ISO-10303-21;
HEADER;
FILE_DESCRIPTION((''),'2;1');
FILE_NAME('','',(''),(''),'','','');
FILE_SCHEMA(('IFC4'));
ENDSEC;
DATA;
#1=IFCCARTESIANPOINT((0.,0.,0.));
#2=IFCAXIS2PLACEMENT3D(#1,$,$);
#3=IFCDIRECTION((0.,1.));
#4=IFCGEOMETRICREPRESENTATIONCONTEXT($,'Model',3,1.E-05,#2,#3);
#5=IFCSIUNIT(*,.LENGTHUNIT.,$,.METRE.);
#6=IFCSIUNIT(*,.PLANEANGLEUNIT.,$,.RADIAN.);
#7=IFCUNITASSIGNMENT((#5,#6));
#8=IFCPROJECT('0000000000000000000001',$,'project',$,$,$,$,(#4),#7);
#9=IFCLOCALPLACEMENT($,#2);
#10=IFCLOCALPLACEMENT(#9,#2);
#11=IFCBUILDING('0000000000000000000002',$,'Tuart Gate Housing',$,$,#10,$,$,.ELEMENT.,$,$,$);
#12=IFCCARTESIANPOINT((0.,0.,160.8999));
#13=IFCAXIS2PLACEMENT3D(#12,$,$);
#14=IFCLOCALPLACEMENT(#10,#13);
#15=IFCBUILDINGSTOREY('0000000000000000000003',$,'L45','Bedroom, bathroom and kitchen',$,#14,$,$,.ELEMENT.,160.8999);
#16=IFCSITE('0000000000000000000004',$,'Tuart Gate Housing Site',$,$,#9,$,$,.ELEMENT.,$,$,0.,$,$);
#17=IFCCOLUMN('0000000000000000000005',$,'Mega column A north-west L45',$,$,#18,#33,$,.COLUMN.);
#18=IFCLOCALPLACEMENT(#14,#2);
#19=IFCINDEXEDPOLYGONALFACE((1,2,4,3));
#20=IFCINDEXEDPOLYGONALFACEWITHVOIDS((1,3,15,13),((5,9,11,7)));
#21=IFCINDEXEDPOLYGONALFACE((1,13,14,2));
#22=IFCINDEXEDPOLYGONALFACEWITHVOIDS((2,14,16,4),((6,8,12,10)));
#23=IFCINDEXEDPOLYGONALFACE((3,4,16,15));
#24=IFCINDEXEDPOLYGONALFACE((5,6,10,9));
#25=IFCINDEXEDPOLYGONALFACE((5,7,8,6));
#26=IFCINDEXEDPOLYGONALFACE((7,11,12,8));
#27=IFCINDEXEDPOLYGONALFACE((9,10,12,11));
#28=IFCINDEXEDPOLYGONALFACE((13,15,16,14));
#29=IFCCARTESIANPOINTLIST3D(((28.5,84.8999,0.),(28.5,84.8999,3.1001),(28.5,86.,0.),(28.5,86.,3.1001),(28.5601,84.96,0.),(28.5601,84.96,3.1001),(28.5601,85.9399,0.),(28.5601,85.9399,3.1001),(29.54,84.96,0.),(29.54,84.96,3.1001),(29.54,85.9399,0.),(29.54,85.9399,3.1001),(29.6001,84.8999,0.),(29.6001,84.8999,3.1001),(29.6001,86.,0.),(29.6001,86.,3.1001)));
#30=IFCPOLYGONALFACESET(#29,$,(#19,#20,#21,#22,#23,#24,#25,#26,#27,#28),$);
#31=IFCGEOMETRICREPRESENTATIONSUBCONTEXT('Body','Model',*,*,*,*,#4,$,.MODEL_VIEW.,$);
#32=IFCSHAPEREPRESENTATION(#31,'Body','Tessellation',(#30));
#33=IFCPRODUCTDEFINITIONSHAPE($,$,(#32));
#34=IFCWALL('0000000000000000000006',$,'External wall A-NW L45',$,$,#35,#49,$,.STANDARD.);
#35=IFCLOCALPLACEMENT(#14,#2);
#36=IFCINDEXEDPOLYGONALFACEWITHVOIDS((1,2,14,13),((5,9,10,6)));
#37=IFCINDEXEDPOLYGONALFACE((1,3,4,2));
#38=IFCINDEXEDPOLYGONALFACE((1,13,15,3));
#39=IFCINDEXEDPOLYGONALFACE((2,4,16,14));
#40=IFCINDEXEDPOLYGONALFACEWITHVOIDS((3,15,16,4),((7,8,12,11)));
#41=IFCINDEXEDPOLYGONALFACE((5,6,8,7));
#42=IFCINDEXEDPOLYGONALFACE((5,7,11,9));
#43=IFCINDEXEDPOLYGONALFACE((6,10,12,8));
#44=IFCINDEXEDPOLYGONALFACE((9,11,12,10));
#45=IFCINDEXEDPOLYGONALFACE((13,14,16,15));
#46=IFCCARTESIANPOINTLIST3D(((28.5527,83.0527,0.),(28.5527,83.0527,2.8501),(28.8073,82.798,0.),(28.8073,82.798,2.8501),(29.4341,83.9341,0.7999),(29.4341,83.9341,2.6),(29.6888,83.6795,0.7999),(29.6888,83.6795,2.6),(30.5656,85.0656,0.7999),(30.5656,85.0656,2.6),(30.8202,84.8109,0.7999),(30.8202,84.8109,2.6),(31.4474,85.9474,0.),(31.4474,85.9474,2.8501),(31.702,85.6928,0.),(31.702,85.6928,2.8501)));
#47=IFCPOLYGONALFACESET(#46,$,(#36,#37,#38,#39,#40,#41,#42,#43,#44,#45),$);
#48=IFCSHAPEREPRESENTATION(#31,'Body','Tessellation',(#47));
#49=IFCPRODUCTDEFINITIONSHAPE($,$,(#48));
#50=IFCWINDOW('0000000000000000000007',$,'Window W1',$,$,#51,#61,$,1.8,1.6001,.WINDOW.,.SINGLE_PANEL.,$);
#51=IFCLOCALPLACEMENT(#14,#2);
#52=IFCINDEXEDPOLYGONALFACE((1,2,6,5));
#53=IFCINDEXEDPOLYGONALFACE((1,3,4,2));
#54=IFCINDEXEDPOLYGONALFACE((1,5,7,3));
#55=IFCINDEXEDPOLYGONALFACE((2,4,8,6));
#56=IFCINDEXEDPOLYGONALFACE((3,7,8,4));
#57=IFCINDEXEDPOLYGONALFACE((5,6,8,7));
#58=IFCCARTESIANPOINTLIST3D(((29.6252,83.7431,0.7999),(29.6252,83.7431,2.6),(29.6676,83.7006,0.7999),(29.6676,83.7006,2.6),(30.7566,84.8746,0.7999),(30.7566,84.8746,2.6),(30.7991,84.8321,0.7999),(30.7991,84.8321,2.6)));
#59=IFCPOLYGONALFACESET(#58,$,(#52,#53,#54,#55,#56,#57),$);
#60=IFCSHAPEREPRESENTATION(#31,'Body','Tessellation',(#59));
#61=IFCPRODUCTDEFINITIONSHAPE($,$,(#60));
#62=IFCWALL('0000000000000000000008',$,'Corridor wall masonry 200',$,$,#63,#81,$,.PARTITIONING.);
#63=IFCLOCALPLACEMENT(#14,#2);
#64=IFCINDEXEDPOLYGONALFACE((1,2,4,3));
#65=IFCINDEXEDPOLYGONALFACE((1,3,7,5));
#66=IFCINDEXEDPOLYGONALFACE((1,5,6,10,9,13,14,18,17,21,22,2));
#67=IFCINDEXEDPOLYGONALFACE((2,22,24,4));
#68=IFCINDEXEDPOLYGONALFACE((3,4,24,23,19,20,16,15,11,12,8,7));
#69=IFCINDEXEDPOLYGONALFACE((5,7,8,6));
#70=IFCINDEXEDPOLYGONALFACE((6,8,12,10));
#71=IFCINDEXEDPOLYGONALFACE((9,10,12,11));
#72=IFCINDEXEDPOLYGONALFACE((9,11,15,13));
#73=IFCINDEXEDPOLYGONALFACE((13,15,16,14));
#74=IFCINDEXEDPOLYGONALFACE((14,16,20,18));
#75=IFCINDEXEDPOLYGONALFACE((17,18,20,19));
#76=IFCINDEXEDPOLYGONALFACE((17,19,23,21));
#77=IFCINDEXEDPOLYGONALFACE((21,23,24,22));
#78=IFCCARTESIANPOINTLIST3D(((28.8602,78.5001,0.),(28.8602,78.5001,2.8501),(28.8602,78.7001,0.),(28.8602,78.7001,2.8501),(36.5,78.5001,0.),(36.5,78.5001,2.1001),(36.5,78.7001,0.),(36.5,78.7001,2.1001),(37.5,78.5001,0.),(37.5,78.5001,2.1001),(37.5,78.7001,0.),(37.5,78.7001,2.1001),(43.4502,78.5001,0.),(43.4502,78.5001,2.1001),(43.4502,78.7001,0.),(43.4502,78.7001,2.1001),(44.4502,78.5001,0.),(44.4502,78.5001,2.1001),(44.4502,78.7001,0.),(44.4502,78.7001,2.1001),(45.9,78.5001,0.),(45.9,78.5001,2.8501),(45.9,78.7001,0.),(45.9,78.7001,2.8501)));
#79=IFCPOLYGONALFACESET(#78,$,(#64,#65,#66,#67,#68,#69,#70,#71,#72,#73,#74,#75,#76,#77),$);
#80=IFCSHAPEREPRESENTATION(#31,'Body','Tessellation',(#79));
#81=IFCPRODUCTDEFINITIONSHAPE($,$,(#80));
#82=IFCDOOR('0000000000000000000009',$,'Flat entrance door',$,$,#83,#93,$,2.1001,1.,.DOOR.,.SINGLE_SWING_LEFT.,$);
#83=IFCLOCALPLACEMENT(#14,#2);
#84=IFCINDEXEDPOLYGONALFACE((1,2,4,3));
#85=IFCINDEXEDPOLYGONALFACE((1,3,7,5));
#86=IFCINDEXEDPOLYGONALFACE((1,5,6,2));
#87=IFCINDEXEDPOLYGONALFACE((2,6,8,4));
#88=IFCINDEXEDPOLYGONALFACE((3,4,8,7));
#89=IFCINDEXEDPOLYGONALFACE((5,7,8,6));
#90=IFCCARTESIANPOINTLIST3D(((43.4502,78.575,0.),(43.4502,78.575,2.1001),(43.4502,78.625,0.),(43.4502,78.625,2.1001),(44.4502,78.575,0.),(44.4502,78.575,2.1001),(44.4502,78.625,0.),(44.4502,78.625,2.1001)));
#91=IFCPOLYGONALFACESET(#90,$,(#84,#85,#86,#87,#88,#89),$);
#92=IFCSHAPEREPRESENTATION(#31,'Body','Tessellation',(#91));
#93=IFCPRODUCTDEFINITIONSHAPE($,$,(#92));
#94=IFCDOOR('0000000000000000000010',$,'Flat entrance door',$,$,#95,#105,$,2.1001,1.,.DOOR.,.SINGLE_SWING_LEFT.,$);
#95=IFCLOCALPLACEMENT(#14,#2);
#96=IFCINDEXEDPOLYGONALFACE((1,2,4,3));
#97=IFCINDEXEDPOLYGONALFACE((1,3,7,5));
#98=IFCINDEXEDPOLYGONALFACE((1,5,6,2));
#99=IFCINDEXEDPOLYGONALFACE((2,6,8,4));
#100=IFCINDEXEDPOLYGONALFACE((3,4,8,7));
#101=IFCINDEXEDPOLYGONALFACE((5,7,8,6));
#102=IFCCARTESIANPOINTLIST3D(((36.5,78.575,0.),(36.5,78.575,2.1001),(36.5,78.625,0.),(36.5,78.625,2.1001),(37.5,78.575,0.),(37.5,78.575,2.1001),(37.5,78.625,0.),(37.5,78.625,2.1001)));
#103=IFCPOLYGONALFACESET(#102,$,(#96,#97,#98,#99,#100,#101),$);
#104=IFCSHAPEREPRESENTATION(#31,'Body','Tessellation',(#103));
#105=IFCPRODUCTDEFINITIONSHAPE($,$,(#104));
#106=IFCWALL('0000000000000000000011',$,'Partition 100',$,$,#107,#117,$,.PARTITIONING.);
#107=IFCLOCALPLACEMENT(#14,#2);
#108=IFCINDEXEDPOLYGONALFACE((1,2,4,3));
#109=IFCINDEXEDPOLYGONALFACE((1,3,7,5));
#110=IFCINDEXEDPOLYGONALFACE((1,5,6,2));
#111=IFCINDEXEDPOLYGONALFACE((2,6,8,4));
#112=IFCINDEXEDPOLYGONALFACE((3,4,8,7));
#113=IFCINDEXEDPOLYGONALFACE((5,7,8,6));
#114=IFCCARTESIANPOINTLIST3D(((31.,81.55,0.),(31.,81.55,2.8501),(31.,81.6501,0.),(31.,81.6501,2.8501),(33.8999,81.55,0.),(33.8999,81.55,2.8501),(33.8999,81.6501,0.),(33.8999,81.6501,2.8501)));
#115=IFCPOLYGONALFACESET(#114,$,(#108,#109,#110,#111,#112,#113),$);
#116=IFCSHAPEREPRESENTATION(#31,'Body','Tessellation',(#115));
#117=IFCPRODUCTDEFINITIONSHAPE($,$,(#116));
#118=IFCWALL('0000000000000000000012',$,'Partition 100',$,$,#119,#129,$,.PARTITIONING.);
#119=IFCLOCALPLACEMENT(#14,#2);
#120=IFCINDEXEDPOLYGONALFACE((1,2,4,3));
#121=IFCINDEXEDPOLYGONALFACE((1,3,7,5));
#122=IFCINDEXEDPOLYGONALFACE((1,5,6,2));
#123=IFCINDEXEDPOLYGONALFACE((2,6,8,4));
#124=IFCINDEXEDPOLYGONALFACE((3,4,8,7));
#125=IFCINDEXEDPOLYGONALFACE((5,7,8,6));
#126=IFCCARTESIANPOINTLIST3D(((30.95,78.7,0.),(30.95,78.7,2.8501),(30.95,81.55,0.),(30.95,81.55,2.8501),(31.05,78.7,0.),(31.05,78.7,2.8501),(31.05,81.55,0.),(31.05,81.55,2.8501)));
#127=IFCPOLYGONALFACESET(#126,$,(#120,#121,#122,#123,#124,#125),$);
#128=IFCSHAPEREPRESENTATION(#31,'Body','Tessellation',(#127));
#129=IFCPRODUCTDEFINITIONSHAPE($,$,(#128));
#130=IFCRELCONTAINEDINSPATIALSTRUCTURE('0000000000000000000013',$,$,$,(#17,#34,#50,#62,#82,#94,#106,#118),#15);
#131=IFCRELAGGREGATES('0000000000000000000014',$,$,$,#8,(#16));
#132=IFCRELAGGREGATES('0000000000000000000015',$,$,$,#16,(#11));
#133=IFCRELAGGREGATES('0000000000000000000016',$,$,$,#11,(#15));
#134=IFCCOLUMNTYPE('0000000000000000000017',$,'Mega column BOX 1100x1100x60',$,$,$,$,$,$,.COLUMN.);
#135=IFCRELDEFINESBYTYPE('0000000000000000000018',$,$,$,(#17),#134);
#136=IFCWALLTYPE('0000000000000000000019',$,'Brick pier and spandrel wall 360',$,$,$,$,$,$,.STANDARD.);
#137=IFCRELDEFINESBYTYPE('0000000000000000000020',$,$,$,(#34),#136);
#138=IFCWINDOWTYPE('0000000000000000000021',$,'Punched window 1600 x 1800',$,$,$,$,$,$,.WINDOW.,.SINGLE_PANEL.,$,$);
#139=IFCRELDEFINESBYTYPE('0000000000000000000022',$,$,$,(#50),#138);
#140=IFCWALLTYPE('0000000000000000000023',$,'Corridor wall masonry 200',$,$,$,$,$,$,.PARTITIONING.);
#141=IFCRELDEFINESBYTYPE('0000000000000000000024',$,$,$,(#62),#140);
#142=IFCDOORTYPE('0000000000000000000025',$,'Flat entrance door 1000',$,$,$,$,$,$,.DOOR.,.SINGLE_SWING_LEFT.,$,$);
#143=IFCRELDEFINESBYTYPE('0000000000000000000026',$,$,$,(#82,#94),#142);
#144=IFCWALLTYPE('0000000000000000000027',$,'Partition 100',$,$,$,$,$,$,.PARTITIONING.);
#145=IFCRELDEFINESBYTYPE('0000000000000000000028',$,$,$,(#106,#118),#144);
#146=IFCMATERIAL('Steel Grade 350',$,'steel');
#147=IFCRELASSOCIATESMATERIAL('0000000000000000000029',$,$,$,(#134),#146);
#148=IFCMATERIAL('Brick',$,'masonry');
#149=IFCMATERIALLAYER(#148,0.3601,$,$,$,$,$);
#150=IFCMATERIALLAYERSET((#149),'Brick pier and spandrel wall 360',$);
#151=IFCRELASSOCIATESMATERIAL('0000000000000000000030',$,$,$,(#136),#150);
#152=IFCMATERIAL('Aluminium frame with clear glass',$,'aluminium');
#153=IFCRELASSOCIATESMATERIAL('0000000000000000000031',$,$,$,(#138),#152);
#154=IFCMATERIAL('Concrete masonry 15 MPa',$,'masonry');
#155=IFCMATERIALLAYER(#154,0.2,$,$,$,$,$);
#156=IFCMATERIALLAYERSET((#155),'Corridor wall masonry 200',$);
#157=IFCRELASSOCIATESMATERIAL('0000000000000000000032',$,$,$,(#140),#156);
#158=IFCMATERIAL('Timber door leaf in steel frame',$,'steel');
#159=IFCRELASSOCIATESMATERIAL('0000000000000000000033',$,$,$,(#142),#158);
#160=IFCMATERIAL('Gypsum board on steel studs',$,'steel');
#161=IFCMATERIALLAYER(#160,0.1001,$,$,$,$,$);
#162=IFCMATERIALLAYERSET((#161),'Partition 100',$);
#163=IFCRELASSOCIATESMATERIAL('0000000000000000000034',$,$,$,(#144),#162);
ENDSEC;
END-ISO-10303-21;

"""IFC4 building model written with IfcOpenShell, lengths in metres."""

from ifc_helpers import new_model, si_unit, direction, frame, frame_2d, origin, origin_2d, place, context, subcontext, project, spatial, rectangle, hollow_rectangle, extrude, material, layer, layer_set, material_profile, profile_set, type_object, element, fill, save


model = new_model("IFC4")

# Units and contexts
model_context = context("Model", 3, precision=1e-05, world=origin(), true_north=direction((0.0, 1.0)))
body_context = subcontext(model_context, "Body", "Model", "MODEL_VIEW")
ifc_project = project(units=[si_unit("LENGTHUNIT", "METRE"), si_unit("PLANEANGLEUNIT", "RADIAN")], contexts=[model_context])

# Site, building, storey
site_placement = place(None, origin())
site = spatial("IfcSite", under=ifc_project, at=site_placement, Name="Tuart Gate Housing Site", CompositionType="ELEMENT", RefElevation=0.0)
building_placement = place(site_placement, origin())
building = spatial("IfcBuilding", under=site, at=building_placement, Name="Tuart Gate Housing", CompositionType="ELEMENT")
storey_placement = place(building_placement, frame((0.0, 0.0, 160.8999)))
storey = spatial("IfcBuildingStorey", under=building, at=storey_placement, Name="L45", Description="Bedroom, bathroom and kitchen", CompositionType="ELEMENT", Elevation=160.8999)

# Column
ifc_material_1 = material(Name="Steel Grade 350", Category="steel")
ifc_material_profile = material_profile(ifc_material_1, hollow_rectangle(XDim=1.1001, YDim=1.1001, WallThickness=0.0601, at=origin_2d()), Name="BOX 1100x1100x60")
ifc_profile_set = profile_set([ifc_material_profile], Name="Steel Grade 350")
column_type = type_object("IfcColumnType", Name="Mega column BOX 1100x1100x60", PredefinedType="COLUMN", material=ifc_profile_set)
column_placement = place(storey_placement, frame((29.05, 85.45, 0.0), z_axis=(0.0, 0.0, 1.0), x_axis=(1.0, 0.0, 0.0)))
element("IfcColumn", 1, at=column_placement, inside=storey, type_object=column_type, Name="Mega column A north-west L45", PredefinedType="COLUMN", context=body_context, shape_type="SweptSolid", body=[
    extrude(hollow_rectangle(XDim=1.1001, YDim=1.1001, WallThickness=0.0601, at=origin_2d()), origin(), (0.0, 0.0, 1.0), 3.1001),
])

# Wall, opening, window
ifc_material_2 = material(Name="Brick", Category="masonry")
ifc_layer_1 = layer(ifc_material_2, 0.3601)
ifc_layer_set_1 = layer_set([ifc_layer_1], Name="Brick pier and spandrel wall 360")
wall_type_1 = type_object("IfcWallType", Name="Brick pier and spandrel wall 360", PredefinedType="STANDARD", material=ifc_layer_set_1)
wall_1_placement = place(storey_placement, frame((31.5747, 85.8201, 0.0), z_axis=(0.0, 0.0, 1.0), x_axis=(-0.707107, -0.707107, 0.0)))
wall_1 = element("IfcWall", 2, at=wall_1_placement, inside=storey, type_object=wall_type_1, Name="External wall A-NW L45", PredefinedType="STANDARD", context=body_context, shape_type="SweptSolid", body=[
    extrude(rectangle(XDim=4.0938, YDim=0.3601, at=frame_2d((2.0469, 0.0))), origin(), (0.0, 0.0, 1.0), 2.8501),
])
opening_1_placement = place(wall_1_placement, frame((1.2471, 0.0, 0.8)))
opening_1 = element("IfcOpeningElement", 3, at=opening_1_placement, cuts=wall_1, PredefinedType="OPENING", context=body_context, shape_type="SweptSolid", body=[
    extrude(rectangle(XDim=1.6001, YDim=1.8, at=frame_2d((0.8, 0.8999))), frame((0.0, 0.1899, 0.0), z_axis=(0.0, -1.0, 0.0), x_axis=(1.0, 0.0, 0.0)), (0.0, 0.0, 1.0), 0.3801),
])
ifc_material_3 = material(Name="Aluminium frame with clear glass", Category="aluminium")
window_type_1 = type_object("IfcWindowType", Name="Punched window 1600 x 1800", PartitioningType="SINGLE_PANEL", PredefinedType="WINDOW", material=ifc_material_3)
window_1_placement = place(opening_1_placement, origin())
window_1 = element("IfcWindow", 4, at=window_1_placement, inside=storey, type_object=window_type_1, Name="Window W1", OverallHeight=1.8, OverallWidth=1.6001, PartitioningType="SINGLE_PANEL", PredefinedType="WINDOW", context=body_context, shape_type="SweptSolid", body=[
    extrude(rectangle(XDim=1.6001, YDim=1.8, at=frame_2d((0.8, 0.8999))), frame((0.0, 0.1501, 0.0), z_axis=(0.0, -1.0, 0.0), x_axis=(1.0, 0.0, 0.0)), (0.0, 0.0, 1.0), 0.0601),
])
fill(opening_1, window_1)

# Wall, openings, doors
ifc_material_4 = material(Name="Concrete masonry 15 MPa", Category="masonry")
ifc_layer_2 = layer(ifc_material_4, 0.2)
ifc_layer_set_2 = layer_set([ifc_layer_2], Name="Corridor wall masonry 200")
wall_type_2 = type_object("IfcWallType", Name="Corridor wall masonry 200", PredefinedType="PARTITIONING", material=ifc_layer_set_2)
wall_2_placement = place(storey_placement, frame((28.8601, 78.6001, 0.0), z_axis=(0.0, 0.0, 1.0), x_axis=(1.0, 0.0, 0.0)))
wall_2 = element("IfcWall", 5, at=wall_2_placement, inside=storey, type_object=wall_type_2, Name="Corridor wall masonry 200", PredefinedType="PARTITIONING", context=body_context, shape_type="SweptSolid", body=[
    extrude(rectangle(XDim=17.0398, YDim=0.2, at=frame_2d((8.52, 0.0))), origin(), (0.0, 0.0, 1.0), 2.8501),
])
opening_2_placement = place(wall_2_placement, frame((14.5901, 0.0, 0.0)))
opening_2 = element("IfcOpeningElement", 6, at=opening_2_placement, cuts=wall_2, PredefinedType="OPENING", context=body_context, shape_type="SweptSolid", body=[
    extrude(rectangle(XDim=1.0, YDim=2.1001, at=frame_2d((0.5, 1.05))), frame((0.0, 0.1099, 0.0), z_axis=(0.0, -1.0, 0.0), x_axis=(1.0, 0.0, 0.0)), (0.0, 0.0, 1.0), 0.22),
])
opening_3_placement = place(wall_2_placement, frame((7.6399, 0.0, 0.0)))
opening_3 = element("IfcOpeningElement", 7, at=opening_3_placement, cuts=wall_2, PredefinedType="OPENING", context=body_context, shape_type="SweptSolid", body=[
    extrude(rectangle(XDim=1.0, YDim=2.1001, at=frame_2d((0.5, 1.05))), frame((0.0, 0.1099, 0.0), z_axis=(0.0, -1.0, 0.0), x_axis=(1.0, 0.0, 0.0)), (0.0, 0.0, 1.0), 0.22),
])
ifc_material_5 = material(Name="Timber door leaf in steel frame", Category="steel")
door_type = type_object("IfcDoorType", Name="Flat entrance door 1000", OperationType="SINGLE_SWING_LEFT", PredefinedType="DOOR", material=ifc_material_5)
door_1_placement = place(opening_2_placement, origin())
door_1 = element("IfcDoor", 8, at=door_1_placement, inside=storey, type_object=door_type, Name="Flat entrance door", OperationType="SINGLE_SWING_LEFT", OverallHeight=2.1001, OverallWidth=1.0, PredefinedType="DOOR", context=body_context, shape_type="SweptSolid", body=[
    extrude(rectangle(XDim=1.0, YDim=2.1001, at=frame_2d((0.5, 1.05))), frame((0.0, 0.0249, 0.0), z_axis=(0.0, -1.0, 0.0), x_axis=(1.0, 0.0, 0.0)), (0.0, 0.0, 1.0), 0.05),
])
fill(opening_2, door_1)
door_2_placement = place(opening_3_placement, origin())
door_2 = element("IfcDoor", 9, at=door_2_placement, inside=storey, type_object=door_type, Name="Flat entrance door", OperationType="SINGLE_SWING_LEFT", OverallHeight=2.1001, OverallWidth=1.0, PredefinedType="DOOR", context=body_context, shape_type="SweptSolid", body=[
    extrude(rectangle(XDim=1.0, YDim=2.1001, at=frame_2d((0.5, 1.05))), frame((0.0, 0.0249, 0.0), z_axis=(0.0, -1.0, 0.0), x_axis=(1.0, 0.0, 0.0)), (0.0, 0.0, 1.0), 0.05),
])
fill(opening_3, door_2)

# Walls
ifc_material_6 = material(Name="Gypsum board on steel studs", Category="steel")
ifc_layer_3 = layer(ifc_material_6, 0.1001)
ifc_layer_set_3 = layer_set([ifc_layer_3], Name="Partition 100")
wall_type_3 = type_object("IfcWallType", Name="Partition 100", PredefinedType="PARTITIONING", material=ifc_layer_set_3)
wall_3_placement = place(storey_placement, frame((31.0, 81.6001, 0.0), z_axis=(0.0, 0.0, 1.0), x_axis=(1.0, 0.0, 0.0)))
element("IfcWall", 10, at=wall_3_placement, inside=storey, type_object=wall_type_3, Name="Partition 100", PredefinedType="PARTITIONING", context=body_context, shape_type="SweptSolid", body=[
    extrude(rectangle(XDim=2.8999, YDim=0.1001, at=frame_2d((1.45, 0.0))), origin(), (0.0, 0.0, 1.0), 2.8501),
])
wall_4_placement = place(storey_placement, frame((31.0, 78.7, 0.0), z_axis=(0.0, 0.0, 1.0), x_axis=(0.0, 1.0, 0.0)))
element("IfcWall", 11, at=wall_4_placement, inside=storey, type_object=wall_type_3, Name="Partition 100", PredefinedType="PARTITIONING", context=body_context, shape_type="SweptSolid", body=[
    extrude(rectangle(XDim=2.8501, YDim=0.1001, at=frame_2d((1.425, 0.0))), origin(), (0.0, 0.0, 1.0), 2.8501),
])

save(model, "model.ifc")
